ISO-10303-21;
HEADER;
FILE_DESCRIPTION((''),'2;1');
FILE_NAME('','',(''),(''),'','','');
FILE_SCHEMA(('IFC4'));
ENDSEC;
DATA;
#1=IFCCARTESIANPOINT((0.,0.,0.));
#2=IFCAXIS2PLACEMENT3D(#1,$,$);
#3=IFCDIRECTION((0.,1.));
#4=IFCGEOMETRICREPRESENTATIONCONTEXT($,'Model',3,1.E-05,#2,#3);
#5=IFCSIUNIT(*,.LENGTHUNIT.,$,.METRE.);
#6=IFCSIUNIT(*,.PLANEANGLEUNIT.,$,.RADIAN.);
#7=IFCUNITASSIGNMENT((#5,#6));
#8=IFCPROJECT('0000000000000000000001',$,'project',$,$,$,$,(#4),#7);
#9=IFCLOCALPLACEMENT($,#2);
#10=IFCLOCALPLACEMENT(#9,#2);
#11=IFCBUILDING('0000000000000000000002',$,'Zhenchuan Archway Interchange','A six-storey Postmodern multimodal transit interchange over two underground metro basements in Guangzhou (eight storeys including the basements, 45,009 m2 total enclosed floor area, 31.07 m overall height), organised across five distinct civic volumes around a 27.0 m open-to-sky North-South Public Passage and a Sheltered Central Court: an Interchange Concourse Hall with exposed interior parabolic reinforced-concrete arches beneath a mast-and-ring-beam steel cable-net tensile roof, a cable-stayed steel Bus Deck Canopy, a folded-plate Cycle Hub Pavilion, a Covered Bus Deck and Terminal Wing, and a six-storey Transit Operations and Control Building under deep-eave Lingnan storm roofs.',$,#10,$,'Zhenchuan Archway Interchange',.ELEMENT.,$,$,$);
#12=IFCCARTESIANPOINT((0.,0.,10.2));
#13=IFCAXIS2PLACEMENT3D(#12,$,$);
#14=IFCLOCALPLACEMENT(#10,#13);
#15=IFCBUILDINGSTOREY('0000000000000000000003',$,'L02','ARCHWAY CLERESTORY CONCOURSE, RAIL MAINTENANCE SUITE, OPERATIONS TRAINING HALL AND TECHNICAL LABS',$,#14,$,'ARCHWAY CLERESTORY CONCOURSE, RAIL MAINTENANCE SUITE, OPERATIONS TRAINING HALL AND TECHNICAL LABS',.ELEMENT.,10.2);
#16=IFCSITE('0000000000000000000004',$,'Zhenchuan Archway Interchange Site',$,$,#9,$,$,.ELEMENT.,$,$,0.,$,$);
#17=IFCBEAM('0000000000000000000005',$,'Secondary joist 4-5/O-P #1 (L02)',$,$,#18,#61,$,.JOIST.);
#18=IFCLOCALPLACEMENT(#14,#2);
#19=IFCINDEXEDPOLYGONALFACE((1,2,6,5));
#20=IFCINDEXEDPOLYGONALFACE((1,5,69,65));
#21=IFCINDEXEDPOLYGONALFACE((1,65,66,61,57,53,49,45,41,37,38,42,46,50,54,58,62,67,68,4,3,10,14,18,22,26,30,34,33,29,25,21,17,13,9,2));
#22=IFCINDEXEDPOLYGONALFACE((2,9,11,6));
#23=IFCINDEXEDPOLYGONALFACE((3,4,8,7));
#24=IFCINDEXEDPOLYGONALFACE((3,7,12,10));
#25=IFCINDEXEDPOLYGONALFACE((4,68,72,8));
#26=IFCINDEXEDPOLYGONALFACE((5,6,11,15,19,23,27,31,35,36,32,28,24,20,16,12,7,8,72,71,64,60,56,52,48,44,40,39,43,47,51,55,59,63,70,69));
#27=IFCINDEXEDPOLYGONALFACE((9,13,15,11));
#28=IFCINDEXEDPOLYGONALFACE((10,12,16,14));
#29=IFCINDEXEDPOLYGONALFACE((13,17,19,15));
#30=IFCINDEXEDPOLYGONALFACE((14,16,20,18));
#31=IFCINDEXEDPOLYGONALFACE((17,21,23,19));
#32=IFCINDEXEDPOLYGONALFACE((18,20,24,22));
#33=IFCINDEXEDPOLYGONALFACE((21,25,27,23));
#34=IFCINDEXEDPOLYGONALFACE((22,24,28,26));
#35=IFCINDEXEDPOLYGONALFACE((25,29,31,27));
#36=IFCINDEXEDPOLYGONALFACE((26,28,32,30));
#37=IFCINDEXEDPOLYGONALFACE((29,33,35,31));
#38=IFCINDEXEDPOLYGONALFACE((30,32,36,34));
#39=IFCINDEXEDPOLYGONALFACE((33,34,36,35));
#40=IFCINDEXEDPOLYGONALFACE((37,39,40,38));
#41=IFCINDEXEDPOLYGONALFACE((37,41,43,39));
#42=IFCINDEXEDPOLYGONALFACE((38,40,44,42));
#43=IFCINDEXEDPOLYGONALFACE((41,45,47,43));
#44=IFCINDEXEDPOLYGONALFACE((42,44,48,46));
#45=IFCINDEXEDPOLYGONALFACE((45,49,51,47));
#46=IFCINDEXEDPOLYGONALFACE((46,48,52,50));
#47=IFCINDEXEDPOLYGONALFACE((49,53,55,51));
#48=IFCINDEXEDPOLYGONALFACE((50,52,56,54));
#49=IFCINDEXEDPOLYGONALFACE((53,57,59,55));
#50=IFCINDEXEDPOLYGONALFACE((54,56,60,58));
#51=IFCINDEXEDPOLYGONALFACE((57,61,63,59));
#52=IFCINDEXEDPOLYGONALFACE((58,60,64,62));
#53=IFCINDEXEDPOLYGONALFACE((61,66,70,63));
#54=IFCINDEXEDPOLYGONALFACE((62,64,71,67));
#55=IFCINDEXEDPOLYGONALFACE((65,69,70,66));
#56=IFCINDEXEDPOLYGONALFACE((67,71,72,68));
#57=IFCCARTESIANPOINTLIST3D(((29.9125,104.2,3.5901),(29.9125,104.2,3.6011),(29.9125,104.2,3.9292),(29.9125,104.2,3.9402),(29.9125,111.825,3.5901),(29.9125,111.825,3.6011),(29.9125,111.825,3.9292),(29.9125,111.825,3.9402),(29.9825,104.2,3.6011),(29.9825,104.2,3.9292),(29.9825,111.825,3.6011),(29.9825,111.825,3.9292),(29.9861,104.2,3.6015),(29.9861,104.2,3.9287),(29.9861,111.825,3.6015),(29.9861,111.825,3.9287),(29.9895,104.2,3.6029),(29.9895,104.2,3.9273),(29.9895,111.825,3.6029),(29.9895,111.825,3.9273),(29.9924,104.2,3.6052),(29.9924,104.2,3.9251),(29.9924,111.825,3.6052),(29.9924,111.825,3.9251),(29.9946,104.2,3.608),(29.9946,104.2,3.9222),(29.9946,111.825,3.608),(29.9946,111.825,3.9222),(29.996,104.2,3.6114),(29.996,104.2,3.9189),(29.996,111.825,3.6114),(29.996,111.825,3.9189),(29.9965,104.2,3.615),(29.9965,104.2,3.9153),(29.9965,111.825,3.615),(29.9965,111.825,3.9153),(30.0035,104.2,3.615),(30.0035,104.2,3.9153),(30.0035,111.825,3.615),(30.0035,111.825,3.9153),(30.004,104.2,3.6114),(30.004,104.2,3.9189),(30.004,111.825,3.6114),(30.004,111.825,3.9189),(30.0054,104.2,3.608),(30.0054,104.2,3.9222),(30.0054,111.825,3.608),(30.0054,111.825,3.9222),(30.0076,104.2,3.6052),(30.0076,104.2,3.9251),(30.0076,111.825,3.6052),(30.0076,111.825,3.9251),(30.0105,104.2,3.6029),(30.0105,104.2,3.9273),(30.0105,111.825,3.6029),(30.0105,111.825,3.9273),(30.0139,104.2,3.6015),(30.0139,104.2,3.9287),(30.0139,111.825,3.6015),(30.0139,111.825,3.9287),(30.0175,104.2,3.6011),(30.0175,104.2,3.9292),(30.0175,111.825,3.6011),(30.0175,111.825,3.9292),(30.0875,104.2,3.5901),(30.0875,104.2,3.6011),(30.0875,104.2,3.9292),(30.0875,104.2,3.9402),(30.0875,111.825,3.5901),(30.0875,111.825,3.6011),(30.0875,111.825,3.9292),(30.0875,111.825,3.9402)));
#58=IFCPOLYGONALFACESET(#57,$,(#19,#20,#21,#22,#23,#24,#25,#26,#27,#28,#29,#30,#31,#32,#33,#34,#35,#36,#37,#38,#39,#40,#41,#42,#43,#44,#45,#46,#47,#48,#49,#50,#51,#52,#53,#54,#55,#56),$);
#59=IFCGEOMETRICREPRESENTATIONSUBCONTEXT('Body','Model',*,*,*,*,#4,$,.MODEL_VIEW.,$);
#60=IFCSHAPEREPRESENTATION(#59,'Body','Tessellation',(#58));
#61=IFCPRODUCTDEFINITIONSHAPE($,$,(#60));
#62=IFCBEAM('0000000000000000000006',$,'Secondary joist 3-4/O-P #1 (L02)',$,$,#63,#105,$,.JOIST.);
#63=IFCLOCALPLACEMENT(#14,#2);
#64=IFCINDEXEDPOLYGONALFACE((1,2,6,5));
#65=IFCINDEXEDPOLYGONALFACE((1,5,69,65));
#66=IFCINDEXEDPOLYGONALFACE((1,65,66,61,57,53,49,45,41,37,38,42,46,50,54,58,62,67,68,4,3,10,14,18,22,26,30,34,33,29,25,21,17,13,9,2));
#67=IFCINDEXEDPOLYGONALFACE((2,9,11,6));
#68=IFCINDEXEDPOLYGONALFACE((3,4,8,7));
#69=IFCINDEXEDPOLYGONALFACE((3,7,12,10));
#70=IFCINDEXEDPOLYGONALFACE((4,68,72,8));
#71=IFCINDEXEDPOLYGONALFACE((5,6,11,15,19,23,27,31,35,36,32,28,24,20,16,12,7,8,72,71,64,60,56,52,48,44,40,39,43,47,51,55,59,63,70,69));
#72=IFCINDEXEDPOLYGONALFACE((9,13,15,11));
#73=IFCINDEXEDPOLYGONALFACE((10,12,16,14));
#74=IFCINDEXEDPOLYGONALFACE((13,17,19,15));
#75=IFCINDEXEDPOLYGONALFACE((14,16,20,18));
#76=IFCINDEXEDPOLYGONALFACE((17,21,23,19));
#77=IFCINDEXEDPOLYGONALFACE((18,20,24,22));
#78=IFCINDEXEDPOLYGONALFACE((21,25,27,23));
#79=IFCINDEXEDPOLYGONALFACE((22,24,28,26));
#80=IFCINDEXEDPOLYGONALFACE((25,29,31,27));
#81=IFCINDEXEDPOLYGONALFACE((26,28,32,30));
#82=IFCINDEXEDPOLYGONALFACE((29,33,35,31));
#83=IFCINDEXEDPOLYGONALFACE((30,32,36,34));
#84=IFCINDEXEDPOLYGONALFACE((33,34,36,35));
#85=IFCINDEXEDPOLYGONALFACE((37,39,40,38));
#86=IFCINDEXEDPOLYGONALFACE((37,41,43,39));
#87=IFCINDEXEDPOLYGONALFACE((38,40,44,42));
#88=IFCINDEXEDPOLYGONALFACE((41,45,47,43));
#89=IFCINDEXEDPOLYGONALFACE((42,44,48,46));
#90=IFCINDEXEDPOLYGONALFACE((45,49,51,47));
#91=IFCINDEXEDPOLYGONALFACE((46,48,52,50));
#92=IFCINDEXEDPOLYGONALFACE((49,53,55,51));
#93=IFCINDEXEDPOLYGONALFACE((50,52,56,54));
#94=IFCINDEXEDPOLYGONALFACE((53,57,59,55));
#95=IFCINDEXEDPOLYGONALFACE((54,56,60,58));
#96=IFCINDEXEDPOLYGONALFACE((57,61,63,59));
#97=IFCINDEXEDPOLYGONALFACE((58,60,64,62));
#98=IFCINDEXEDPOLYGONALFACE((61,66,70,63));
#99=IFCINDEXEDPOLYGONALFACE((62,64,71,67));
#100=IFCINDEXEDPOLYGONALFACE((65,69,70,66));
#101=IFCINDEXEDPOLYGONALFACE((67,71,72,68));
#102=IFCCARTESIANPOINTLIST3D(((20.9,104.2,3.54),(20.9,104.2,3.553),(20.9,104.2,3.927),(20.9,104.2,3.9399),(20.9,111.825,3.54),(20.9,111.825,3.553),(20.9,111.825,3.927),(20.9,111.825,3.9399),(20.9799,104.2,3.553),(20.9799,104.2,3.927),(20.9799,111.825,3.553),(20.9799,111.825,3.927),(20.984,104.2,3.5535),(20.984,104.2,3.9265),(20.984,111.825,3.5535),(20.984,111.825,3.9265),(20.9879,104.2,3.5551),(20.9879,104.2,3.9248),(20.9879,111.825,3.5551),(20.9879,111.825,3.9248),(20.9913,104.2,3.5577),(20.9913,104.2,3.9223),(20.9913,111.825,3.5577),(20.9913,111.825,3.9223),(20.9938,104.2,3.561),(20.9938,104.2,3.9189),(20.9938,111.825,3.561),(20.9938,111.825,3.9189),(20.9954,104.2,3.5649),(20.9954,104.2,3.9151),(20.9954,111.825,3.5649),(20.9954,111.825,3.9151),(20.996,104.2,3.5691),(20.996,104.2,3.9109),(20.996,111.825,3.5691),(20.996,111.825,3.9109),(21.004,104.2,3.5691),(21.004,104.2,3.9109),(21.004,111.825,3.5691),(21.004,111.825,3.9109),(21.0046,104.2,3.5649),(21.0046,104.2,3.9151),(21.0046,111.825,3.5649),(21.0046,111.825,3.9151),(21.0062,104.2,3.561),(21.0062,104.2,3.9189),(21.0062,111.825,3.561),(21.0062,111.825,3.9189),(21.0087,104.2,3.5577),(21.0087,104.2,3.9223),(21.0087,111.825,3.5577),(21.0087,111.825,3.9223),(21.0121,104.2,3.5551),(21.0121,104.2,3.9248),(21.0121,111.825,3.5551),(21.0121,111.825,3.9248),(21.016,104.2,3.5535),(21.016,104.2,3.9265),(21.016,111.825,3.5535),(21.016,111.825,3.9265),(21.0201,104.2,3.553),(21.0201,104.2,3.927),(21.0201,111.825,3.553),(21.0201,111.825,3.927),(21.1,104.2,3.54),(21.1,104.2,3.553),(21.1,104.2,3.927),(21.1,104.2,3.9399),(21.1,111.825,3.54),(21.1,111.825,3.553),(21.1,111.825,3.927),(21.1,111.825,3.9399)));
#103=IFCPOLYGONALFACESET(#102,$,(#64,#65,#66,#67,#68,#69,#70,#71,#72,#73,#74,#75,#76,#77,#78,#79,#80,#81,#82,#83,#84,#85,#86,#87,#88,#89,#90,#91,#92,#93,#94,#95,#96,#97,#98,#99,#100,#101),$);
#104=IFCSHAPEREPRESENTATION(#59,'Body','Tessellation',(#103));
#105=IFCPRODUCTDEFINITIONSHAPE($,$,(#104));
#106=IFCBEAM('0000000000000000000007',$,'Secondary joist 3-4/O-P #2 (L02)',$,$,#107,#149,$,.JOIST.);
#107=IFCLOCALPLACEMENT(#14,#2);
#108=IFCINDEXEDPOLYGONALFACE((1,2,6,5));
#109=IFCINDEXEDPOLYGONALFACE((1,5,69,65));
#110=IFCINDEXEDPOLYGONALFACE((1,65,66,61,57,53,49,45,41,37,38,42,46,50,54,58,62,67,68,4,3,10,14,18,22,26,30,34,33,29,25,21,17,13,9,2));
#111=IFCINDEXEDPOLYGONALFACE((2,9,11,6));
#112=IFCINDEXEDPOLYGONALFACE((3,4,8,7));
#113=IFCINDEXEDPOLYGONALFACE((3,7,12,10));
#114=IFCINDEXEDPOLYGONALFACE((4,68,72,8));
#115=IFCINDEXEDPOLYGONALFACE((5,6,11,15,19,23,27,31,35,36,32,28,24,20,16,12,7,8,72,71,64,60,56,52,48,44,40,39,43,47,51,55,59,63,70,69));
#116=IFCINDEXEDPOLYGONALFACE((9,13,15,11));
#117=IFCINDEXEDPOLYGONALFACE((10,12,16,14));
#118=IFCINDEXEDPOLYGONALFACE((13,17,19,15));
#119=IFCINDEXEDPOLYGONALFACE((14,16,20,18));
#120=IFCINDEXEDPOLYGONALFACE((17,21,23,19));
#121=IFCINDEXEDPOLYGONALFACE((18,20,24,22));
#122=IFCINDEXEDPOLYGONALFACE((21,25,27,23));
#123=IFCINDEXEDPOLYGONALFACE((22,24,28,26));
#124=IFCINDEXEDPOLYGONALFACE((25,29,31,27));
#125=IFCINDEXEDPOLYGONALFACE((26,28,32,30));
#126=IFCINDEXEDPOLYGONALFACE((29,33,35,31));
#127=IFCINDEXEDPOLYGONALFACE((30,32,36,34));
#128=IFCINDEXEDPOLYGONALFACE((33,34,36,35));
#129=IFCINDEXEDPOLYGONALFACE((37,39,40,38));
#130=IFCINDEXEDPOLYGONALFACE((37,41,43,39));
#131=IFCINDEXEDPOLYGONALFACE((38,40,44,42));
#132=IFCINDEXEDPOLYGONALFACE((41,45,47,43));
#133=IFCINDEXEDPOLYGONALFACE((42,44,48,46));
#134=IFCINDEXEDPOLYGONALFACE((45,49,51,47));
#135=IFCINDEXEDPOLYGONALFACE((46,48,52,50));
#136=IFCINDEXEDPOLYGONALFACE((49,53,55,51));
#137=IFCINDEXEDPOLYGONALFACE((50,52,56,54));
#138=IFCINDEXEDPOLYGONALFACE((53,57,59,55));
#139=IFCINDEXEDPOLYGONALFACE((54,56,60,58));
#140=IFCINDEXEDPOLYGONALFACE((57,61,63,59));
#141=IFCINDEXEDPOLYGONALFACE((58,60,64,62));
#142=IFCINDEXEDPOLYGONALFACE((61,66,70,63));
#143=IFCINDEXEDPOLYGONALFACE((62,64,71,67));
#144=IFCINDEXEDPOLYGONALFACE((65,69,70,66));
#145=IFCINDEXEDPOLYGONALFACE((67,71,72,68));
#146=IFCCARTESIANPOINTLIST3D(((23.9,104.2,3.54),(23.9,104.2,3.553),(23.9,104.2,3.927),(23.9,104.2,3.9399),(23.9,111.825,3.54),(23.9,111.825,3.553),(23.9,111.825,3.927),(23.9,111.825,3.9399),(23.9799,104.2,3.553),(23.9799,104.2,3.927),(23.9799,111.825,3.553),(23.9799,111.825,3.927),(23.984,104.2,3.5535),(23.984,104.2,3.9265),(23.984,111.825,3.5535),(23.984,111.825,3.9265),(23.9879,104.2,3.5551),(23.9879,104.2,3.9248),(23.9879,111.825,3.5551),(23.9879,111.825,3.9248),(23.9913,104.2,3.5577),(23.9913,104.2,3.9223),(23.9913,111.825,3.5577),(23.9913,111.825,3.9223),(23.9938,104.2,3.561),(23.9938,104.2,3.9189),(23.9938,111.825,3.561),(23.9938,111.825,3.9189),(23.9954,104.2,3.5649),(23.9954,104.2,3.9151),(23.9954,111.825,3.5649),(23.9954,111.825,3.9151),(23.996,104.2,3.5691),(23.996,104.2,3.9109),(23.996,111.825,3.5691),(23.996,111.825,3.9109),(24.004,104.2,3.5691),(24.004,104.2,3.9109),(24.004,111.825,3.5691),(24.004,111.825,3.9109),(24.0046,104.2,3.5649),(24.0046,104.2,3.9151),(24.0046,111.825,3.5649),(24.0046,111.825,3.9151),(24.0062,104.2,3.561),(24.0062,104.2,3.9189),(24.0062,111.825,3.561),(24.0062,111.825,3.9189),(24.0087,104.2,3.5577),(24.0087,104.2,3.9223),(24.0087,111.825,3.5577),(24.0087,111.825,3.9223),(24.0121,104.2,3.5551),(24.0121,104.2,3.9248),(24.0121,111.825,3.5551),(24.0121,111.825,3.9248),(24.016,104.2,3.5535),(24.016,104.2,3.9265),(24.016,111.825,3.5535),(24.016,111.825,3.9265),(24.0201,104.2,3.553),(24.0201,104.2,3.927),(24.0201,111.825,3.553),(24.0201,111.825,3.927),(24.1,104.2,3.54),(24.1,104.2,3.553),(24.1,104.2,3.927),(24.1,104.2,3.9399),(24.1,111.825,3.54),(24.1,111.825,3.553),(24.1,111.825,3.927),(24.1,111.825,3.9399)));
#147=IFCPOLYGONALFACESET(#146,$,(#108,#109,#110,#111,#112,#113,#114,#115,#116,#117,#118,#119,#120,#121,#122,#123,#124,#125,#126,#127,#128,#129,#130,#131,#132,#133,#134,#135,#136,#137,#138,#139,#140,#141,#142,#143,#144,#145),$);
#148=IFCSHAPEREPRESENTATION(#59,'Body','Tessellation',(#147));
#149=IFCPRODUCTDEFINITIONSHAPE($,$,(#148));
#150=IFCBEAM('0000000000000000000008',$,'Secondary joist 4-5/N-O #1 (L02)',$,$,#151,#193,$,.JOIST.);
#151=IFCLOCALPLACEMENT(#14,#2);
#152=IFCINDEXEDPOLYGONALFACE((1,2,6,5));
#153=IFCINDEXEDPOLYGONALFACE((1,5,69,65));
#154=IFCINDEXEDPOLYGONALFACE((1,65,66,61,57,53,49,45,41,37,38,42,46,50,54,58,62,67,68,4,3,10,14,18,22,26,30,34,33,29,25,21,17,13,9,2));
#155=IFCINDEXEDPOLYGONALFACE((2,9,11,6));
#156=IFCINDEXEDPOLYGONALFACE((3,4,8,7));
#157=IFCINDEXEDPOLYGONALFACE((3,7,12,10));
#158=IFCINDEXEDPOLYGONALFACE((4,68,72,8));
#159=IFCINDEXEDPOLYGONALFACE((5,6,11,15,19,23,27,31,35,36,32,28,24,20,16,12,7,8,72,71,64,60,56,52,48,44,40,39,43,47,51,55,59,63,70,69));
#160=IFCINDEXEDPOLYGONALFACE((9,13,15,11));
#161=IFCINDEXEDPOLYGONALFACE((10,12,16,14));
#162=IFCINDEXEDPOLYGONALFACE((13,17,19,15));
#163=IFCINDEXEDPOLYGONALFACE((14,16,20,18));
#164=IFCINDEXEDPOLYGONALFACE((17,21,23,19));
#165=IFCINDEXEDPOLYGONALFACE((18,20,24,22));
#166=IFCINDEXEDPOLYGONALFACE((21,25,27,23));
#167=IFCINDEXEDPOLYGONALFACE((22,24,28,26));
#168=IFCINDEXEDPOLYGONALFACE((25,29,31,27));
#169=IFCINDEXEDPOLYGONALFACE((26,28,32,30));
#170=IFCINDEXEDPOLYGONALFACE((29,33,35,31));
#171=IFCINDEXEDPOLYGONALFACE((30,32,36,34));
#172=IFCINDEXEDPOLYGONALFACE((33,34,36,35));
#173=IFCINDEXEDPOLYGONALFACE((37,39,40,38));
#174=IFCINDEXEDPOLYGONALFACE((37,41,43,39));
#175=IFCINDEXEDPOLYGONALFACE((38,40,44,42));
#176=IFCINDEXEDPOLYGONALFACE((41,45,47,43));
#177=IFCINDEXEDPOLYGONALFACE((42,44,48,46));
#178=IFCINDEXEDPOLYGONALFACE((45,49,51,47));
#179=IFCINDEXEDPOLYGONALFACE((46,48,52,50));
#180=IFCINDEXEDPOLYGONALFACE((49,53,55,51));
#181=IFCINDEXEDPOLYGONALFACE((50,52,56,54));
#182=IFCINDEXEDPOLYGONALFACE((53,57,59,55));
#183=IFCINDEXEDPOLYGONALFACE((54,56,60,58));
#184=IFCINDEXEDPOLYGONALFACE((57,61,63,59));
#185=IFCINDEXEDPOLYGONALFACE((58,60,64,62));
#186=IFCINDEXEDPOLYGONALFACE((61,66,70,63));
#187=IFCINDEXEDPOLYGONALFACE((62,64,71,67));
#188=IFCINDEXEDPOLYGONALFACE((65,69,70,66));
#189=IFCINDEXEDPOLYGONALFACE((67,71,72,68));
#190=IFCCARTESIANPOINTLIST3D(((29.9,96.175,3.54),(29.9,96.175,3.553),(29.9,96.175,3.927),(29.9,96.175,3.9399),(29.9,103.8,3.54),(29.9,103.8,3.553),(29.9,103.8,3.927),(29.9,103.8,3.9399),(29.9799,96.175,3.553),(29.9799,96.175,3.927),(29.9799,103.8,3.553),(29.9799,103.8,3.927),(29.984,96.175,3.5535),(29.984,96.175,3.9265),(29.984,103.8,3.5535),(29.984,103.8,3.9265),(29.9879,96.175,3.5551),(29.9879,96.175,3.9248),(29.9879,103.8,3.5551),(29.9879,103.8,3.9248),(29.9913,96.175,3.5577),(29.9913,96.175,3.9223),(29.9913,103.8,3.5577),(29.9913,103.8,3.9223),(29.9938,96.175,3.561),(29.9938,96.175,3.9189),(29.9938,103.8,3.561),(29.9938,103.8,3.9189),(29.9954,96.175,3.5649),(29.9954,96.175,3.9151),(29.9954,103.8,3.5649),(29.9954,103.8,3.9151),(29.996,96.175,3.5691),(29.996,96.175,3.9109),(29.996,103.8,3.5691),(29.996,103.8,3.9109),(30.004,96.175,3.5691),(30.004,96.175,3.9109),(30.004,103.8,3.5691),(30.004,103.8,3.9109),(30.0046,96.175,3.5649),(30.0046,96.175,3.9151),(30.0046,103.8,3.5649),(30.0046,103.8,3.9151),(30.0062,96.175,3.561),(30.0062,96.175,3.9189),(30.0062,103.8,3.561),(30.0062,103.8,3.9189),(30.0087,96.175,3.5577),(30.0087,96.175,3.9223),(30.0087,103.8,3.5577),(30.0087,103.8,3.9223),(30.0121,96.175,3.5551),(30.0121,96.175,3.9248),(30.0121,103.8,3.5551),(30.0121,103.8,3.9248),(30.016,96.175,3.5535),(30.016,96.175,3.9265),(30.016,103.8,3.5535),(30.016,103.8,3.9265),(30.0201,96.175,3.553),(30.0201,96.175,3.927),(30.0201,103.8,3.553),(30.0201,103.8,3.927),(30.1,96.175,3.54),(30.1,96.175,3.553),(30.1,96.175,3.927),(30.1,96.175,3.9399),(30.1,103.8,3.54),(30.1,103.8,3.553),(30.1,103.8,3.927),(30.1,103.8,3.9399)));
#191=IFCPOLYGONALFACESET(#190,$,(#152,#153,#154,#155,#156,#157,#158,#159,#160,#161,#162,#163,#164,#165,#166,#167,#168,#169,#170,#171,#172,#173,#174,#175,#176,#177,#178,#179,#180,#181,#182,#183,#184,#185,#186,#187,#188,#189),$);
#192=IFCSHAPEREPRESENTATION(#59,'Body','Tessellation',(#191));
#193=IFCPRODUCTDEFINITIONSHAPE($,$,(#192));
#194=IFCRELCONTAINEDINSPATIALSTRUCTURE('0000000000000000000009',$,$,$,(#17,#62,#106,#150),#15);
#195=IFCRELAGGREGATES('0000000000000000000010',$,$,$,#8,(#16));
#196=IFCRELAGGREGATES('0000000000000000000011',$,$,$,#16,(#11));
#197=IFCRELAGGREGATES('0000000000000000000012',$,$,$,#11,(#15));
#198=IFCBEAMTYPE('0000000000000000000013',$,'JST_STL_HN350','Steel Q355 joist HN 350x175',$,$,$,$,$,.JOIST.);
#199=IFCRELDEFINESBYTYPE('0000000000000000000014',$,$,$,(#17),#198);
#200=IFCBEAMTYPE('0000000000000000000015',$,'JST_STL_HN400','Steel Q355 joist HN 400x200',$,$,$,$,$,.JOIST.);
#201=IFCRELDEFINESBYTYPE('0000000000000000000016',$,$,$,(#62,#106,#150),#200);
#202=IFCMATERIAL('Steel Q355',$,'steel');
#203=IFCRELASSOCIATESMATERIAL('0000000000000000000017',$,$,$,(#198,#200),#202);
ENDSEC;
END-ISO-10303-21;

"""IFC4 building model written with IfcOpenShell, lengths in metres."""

from ifc_helpers import new_model, si_unit, direction, frame, origin, origin_2d, place, context, subcontext, project, spatial, i_section, extrude, material, material_profile, profile_set, type_object, element, save


model = new_model("IFC4")

# Units and contexts
model_context = context("Model", 3, precision=1e-05, world=origin(), true_north=direction((0.0, 1.0)))
body_context = subcontext(model_context, "Body", "Model", "MODEL_VIEW")
ifc_project = project(units=[si_unit("LENGTHUNIT", "METRE"), si_unit("PLANEANGLEUNIT", "RADIAN")], contexts=[model_context])

# Site, building, storey
site_placement = place(None, origin())
site = spatial("IfcSite", under=ifc_project, at=site_placement, Name="Zhenchuan Archway Interchange Site", CompositionType="ELEMENT", RefElevation=0.0)
building_placement = place(site_placement, origin())
building = spatial("IfcBuilding", under=site, at=building_placement, Name="Zhenchuan Archway Interchange", Description="A six-storey Postmodern multimodal transit interchange over two underground metro basements in Guangzhou (eight storeys including the basements, 45,009 m2 total enclosed floor area, 31.07 m overall height), organised across five distinct civic volumes around a 27.0 m open-to-sky North-South Public Passage and a Sheltered Central Court: an Interchange Concourse Hall with exposed interior parabolic reinforced-concrete arches beneath a mast-and-ring-beam steel cable-net tensile roof, a cable-stayed steel Bus Deck Canopy, a folded-plate Cycle Hub Pavilion, a Covered Bus Deck and Terminal Wing, and a six-storey Transit Operations and Control Building under deep-eave Lingnan storm roofs.", LongName="Zhenchuan Archway Interchange", CompositionType="ELEMENT")
storey_placement = place(building_placement, frame((0.0, 0.0, 10.2)))
storey = spatial("IfcBuildingStorey", under=building, at=storey_placement, Name="L02", Description="ARCHWAY CLERESTORY CONCOURSE, RAIL MAINTENANCE SUITE, OPERATIONS TRAINING HALL AND TECHNICAL LABS", LongName="ARCHWAY CLERESTORY CONCOURSE, RAIL MAINTENANCE SUITE, OPERATIONS TRAINING HALL AND TECHNICAL LABS", CompositionType="ELEMENT", Elevation=10.2)

# Beams
ifc_material_1 = material(Name="Steel Q355", Category="steel")
ifc_material_profile_1 = material_profile(ifc_material_1, i_section(OverallWidth=0.175, OverallDepth=0.3501, WebThickness=0.0071, FlangeThickness=0.011, FilletRadius=0.0139, at=origin_2d()), Name="HN 350x175")
ifc_profile_set_1 = profile_set([ifc_material_profile_1], Name="Steel Q355")
beam_type_1 = type_object("IfcBeamType", Name="JST_STL_HN350", Description="Steel Q355 joist HN 350x175", PredefinedType="JOIST", material=ifc_profile_set_1)
beam_1_placement = place(storey_placement, frame((30.0, 104.2, 3.7651), z_axis=(0.0, 1.0, 0.0), x_axis=(-1.0, 0.0, 0.0)))
element("IfcBeam", 1, at=beam_1_placement, inside=storey, type_object=beam_type_1, Name="Secondary joist 4-5/O-P #1 (L02)", PredefinedType="JOIST", context=body_context, shape_type="SweptSolid", body=[
    extrude(i_section(OverallWidth=0.175, OverallDepth=0.3501, WebThickness=0.0071, FlangeThickness=0.011, FilletRadius=0.0139, at=origin_2d()), origin(), (0.0, 0.0, 1.0), 7.625),
])
ifc_material_profile_2 = material_profile(ifc_material_1, i_section(OverallWidth=0.2, OverallDepth=0.3999, WebThickness=0.0081, FlangeThickness=0.0129, FilletRadius=0.0161, at=origin_2d()), Name="HN 400x200")
ifc_profile_set_2 = profile_set([ifc_material_profile_2], Name="Steel Q355")
beam_type_2 = type_object("IfcBeamType", Name="JST_STL_HN400", Description="Steel Q355 joist HN 400x200", PredefinedType="JOIST", material=ifc_profile_set_2)
for number, where, z_axis, x_axis, name in (
    (2, (21.0, 104.2, 3.74), (0.0, 1.0, 0.0), (-1.0, 0.0, 0.0), "Secondary joist 3-4/O-P #1 (L02)"),
    (3, (24.0, 104.2, 3.74), (0.0, 1.0, 0.0), (-1.0, 0.0, 0.0), "Secondary joist 3-4/O-P #2 (L02)"),
    (4, (30.0, 96.175, 3.74), (0.0, 1.0, 0.0), (-1.0, 0.0, 0.0), "Secondary joist 4-5/N-O #1 (L02)"),
):
    element("IfcBeam", number, at=place(storey_placement, frame(where, z_axis=z_axis, x_axis=x_axis)), inside=storey, type_object=beam_type_2, Name=name, PredefinedType="JOIST", context=body_context, shape_type="SweptSolid", body=[
        extrude(i_section(OverallWidth=0.2, OverallDepth=0.3999, WebThickness=0.0081, FlangeThickness=0.0129, FilletRadius=0.0161, at=origin_2d()), origin(), (0.0, 0.0, 1.0), 7.625),
    ])

save(model, "model.ifc")
